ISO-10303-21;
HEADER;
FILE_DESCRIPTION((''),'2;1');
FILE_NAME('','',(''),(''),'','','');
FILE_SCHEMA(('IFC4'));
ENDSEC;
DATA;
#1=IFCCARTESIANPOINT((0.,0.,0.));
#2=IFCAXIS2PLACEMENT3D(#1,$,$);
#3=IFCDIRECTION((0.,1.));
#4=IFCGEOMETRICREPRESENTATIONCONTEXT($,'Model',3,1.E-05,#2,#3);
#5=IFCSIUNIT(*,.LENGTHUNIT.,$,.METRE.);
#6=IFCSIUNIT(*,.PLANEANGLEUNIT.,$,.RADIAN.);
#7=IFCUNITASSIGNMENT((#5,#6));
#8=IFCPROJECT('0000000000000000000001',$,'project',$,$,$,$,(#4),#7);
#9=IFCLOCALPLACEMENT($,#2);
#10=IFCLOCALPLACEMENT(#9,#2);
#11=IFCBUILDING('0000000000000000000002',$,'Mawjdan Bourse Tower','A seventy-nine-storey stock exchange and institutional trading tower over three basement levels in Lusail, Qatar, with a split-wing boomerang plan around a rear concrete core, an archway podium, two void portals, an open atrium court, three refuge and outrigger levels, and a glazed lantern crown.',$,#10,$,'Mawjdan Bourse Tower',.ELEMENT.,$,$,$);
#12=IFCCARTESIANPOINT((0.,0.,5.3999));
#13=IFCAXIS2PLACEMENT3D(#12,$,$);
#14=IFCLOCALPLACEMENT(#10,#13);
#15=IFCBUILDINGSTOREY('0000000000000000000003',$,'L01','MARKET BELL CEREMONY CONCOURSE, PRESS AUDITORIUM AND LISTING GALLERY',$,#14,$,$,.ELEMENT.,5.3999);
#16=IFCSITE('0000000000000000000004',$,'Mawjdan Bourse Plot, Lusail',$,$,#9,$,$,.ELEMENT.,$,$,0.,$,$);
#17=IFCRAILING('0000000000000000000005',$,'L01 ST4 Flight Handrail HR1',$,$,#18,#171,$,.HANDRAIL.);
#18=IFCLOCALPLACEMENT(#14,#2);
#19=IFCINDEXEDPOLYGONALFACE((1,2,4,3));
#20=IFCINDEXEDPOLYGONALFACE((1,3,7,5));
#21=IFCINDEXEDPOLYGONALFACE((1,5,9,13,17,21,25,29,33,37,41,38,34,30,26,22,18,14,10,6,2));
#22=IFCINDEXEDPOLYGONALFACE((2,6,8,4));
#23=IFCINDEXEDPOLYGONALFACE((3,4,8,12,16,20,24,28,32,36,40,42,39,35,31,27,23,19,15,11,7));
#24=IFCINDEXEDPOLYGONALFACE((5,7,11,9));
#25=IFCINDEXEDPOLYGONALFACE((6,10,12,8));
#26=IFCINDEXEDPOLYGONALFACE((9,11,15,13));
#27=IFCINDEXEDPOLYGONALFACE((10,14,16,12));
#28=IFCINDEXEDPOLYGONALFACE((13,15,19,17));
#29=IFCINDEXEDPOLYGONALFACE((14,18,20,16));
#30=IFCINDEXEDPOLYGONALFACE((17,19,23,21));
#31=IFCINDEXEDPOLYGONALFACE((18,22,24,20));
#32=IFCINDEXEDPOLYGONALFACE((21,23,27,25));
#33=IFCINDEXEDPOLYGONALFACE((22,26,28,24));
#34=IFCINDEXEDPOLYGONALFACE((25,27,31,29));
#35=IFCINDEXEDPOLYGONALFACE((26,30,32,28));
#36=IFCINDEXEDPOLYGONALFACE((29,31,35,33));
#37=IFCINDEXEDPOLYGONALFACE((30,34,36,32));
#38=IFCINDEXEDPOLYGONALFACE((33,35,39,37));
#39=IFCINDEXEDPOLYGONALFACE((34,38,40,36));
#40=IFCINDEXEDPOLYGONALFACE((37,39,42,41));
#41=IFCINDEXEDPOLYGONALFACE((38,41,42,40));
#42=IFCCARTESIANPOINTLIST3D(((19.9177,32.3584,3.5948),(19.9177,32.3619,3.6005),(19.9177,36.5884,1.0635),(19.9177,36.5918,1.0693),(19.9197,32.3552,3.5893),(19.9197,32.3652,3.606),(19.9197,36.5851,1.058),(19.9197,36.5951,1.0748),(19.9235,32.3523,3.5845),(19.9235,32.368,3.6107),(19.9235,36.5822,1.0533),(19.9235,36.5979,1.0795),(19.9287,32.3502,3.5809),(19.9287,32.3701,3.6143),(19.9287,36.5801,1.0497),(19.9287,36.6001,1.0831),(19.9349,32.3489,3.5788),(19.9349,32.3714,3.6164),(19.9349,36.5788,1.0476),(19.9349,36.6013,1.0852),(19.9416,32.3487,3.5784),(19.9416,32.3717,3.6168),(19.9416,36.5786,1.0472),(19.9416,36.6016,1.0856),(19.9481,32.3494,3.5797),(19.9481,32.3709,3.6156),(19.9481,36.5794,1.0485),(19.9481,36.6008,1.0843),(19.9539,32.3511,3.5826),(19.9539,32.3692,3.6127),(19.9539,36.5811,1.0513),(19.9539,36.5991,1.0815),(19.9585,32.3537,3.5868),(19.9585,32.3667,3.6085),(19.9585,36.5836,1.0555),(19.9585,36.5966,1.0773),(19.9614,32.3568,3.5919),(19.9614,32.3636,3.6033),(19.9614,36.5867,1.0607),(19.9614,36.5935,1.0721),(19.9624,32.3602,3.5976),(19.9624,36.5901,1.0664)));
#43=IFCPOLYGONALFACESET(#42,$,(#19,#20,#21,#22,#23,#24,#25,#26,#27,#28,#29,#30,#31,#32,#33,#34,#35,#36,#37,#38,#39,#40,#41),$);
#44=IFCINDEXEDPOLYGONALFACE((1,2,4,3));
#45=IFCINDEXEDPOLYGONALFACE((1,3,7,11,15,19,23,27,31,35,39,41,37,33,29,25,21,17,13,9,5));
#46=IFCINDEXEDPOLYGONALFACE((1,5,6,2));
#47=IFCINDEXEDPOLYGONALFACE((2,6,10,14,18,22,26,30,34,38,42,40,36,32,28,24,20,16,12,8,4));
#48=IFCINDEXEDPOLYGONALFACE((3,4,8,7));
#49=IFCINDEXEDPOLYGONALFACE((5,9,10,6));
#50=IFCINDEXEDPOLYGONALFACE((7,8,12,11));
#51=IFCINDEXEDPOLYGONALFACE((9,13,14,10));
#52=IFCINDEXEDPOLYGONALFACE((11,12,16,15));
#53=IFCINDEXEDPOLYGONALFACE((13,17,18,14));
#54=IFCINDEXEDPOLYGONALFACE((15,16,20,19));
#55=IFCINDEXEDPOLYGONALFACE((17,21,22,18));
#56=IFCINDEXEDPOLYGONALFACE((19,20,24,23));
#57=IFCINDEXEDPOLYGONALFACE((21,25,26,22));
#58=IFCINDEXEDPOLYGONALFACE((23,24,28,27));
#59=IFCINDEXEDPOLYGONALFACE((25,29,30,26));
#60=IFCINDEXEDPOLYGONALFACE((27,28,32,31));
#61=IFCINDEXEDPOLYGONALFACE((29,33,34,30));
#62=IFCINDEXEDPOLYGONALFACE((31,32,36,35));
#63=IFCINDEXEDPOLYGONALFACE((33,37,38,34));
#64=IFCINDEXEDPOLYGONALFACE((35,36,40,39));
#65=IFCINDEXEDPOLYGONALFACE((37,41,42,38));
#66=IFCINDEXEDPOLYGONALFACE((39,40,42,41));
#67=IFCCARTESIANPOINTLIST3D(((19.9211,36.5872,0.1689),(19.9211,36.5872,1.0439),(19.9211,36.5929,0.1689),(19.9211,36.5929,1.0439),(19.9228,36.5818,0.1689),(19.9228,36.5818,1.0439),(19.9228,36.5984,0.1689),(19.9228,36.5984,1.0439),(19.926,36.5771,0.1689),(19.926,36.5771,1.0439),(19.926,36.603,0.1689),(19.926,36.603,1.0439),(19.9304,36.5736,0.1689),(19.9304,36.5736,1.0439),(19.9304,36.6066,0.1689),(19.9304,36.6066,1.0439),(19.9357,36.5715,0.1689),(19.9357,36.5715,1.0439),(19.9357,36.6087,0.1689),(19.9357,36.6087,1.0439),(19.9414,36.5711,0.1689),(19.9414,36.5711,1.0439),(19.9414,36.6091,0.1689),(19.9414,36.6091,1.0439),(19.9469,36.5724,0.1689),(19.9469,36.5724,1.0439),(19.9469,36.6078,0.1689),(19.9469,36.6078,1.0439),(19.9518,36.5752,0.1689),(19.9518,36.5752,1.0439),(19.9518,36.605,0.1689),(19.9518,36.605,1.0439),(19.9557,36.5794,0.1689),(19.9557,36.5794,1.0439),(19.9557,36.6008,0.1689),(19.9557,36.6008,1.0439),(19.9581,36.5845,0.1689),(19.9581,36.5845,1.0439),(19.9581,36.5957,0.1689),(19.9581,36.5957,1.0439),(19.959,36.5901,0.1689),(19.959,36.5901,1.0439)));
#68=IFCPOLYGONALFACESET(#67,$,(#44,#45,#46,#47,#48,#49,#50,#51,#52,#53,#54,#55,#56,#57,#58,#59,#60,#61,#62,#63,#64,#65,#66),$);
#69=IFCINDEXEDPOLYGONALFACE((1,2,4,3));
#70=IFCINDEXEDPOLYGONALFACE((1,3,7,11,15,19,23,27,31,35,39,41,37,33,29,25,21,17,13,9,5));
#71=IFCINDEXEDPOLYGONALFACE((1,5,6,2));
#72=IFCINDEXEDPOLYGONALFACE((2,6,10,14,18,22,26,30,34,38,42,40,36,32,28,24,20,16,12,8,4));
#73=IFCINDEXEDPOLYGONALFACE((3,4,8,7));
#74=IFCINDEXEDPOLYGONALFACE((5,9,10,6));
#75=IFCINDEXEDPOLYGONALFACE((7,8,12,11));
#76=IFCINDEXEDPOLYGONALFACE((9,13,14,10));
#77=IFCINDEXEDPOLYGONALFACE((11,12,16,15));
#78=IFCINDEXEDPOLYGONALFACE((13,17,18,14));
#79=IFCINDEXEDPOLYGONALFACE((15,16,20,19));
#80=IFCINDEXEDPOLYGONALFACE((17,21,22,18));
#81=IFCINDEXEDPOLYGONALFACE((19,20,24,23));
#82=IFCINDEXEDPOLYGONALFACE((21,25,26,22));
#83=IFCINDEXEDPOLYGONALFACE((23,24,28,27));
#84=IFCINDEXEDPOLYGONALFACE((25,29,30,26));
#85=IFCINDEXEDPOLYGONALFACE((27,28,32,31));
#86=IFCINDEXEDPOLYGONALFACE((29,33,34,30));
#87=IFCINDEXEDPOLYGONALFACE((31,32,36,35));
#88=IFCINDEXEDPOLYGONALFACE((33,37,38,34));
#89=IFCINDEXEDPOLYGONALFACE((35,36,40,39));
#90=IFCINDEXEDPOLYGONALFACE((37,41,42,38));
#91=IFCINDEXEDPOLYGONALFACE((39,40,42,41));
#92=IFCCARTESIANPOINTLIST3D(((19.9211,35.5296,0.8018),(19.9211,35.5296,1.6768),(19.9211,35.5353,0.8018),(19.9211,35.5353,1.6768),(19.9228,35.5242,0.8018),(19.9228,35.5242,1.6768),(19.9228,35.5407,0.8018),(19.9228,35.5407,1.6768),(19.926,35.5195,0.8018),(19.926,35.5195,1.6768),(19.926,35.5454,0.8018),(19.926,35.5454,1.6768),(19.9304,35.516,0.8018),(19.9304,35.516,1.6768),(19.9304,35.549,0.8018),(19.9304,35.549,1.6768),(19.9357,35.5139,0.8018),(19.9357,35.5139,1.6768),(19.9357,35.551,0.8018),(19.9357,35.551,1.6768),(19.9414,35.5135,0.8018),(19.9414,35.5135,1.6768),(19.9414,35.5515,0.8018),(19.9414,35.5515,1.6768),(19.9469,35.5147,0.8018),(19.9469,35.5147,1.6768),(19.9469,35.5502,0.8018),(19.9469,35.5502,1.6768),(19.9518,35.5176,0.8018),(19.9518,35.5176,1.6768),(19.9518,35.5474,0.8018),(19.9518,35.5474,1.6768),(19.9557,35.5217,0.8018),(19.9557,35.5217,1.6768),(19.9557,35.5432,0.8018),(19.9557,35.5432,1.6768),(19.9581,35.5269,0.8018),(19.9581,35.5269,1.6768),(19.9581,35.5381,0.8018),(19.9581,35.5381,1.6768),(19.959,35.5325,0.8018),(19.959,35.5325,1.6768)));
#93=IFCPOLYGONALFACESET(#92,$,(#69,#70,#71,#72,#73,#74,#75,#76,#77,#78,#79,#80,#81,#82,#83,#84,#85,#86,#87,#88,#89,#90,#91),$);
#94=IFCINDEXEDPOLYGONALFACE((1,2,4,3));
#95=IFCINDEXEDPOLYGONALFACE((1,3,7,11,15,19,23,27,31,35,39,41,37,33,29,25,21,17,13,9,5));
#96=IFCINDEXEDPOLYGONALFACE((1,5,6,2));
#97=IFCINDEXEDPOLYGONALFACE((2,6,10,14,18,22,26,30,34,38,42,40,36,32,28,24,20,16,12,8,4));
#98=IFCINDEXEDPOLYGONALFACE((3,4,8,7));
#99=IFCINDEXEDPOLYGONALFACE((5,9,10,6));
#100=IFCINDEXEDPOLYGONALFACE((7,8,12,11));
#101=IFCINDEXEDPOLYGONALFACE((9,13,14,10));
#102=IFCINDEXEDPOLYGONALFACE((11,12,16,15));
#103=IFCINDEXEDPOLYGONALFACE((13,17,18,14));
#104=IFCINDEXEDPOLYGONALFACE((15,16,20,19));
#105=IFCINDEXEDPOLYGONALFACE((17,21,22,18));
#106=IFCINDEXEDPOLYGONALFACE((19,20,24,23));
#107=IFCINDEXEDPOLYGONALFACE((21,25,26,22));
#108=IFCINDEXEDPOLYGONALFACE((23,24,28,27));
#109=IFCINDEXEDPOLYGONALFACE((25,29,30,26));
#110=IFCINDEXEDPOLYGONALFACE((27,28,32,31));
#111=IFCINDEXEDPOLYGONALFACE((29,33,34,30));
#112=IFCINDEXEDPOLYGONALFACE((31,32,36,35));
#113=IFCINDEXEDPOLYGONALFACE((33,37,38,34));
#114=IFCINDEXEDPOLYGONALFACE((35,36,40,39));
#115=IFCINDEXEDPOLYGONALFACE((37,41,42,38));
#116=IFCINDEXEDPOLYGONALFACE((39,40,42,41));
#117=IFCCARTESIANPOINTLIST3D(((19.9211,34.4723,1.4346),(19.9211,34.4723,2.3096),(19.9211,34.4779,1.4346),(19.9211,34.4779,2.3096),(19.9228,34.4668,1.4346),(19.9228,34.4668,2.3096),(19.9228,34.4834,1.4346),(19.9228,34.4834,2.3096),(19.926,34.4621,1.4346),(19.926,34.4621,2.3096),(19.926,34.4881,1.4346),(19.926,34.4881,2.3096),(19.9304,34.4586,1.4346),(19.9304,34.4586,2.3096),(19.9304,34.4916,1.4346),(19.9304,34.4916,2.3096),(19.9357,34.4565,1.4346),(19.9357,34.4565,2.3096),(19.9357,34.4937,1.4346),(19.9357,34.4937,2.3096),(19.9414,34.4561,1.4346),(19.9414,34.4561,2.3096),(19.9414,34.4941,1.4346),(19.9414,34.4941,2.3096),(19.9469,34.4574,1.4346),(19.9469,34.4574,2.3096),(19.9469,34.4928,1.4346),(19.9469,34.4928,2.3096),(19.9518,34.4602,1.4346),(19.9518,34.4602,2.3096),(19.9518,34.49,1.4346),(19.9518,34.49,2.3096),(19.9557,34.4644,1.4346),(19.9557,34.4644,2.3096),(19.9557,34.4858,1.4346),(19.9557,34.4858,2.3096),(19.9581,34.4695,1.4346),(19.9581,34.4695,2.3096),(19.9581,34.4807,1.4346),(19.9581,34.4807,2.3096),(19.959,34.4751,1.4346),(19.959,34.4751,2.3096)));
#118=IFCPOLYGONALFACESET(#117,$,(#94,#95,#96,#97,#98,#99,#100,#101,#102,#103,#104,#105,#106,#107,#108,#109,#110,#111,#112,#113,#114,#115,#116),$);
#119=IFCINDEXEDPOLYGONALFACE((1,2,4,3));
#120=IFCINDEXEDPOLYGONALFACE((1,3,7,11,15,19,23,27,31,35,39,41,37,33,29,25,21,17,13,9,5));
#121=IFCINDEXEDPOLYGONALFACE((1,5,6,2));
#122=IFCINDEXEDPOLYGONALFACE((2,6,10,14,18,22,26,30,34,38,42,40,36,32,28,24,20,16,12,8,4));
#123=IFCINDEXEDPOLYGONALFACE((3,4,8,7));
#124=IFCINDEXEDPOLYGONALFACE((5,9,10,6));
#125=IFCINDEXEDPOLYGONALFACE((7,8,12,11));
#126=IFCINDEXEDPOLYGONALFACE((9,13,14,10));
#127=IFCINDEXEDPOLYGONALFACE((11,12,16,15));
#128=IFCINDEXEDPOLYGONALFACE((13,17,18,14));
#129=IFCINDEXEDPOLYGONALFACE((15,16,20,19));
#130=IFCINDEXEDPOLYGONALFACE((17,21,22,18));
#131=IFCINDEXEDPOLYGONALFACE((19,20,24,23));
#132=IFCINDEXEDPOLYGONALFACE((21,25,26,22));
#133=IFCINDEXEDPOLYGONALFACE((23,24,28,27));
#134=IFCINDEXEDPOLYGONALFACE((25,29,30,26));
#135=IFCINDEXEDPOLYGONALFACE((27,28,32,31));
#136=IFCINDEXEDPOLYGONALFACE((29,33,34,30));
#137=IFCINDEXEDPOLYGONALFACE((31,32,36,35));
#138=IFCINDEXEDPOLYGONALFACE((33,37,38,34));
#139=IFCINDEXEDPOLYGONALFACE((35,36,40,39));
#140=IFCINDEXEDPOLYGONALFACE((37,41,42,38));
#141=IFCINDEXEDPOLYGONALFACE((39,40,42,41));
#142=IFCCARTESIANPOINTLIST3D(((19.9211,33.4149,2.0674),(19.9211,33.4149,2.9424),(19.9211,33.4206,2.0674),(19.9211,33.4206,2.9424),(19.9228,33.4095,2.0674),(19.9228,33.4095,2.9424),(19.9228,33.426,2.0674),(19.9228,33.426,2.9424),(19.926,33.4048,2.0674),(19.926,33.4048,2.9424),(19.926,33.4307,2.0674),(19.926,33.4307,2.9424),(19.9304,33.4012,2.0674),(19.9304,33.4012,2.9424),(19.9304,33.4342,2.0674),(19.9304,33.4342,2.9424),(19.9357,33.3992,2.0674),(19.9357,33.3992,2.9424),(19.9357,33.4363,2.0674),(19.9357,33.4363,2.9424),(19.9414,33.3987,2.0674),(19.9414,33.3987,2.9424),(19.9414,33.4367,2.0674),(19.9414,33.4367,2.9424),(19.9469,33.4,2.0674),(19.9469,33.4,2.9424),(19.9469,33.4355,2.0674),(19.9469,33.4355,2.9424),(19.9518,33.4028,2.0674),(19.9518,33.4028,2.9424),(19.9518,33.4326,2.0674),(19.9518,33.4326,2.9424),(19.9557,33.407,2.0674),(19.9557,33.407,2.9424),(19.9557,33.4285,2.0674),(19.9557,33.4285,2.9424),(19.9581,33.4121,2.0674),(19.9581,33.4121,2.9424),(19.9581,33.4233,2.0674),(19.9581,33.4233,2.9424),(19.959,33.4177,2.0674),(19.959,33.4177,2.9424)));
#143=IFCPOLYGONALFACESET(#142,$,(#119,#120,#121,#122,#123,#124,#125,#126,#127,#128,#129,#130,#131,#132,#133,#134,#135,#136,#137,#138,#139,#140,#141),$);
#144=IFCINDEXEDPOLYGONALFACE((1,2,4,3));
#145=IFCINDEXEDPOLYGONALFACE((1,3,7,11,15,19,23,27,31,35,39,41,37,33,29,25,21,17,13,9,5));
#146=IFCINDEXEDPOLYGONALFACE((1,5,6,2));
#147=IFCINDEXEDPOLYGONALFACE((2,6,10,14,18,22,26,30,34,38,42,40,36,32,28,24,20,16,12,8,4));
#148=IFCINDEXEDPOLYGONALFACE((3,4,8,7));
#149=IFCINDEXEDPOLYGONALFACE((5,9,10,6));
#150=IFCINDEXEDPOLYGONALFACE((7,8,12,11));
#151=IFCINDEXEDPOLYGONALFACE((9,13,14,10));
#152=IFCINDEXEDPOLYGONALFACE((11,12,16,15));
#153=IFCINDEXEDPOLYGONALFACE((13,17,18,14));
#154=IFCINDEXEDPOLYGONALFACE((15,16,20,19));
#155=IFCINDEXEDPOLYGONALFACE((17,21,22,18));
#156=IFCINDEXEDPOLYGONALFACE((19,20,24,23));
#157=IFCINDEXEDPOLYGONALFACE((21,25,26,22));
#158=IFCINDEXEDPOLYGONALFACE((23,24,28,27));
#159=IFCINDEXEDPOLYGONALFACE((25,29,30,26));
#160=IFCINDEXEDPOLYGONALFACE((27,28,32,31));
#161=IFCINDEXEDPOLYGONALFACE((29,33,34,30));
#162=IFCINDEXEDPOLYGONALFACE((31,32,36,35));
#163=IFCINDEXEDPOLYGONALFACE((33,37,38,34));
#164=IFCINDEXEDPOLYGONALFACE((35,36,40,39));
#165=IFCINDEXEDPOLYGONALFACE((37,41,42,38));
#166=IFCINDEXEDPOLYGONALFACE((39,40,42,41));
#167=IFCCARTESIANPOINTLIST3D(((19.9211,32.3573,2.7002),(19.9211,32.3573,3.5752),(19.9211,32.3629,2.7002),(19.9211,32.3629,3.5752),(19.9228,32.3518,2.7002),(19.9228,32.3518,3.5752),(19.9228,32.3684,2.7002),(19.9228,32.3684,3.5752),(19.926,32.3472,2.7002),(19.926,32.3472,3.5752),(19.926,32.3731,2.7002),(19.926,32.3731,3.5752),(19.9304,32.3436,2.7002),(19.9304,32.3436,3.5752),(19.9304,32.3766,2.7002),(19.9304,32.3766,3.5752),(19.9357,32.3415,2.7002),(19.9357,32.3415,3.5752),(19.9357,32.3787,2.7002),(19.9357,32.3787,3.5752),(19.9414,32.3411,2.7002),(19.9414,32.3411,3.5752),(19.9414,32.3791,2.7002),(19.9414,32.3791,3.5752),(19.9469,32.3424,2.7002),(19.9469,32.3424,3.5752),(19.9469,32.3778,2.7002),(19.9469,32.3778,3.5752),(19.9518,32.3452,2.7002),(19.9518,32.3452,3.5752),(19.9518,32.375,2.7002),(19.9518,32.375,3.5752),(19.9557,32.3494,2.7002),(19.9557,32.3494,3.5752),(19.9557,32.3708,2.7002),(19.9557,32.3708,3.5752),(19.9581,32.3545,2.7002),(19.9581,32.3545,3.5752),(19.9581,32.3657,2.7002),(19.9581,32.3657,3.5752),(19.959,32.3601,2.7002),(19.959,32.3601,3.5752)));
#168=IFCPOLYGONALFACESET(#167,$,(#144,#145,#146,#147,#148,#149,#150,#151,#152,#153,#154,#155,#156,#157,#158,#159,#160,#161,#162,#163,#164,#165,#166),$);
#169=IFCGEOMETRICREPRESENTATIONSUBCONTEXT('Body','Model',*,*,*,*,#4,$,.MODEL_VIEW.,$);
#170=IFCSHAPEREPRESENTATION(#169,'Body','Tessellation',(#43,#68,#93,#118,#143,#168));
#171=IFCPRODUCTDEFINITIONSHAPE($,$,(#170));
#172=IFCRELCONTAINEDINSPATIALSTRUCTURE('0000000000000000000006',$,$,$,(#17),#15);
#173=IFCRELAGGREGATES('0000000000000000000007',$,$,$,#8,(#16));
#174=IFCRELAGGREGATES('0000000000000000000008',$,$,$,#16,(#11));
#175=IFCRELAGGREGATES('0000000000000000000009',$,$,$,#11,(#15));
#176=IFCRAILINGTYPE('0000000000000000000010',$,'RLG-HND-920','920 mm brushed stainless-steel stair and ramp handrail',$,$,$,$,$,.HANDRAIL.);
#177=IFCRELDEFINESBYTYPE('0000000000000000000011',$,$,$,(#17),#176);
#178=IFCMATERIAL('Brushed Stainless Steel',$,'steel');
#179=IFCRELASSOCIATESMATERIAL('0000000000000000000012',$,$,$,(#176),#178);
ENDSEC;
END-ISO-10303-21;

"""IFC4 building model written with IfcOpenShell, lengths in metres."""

from ifc_helpers import new_model, si_unit, direction, frame, origin, origin_2d, place, context, subcontext, project, spatial, circle, extrude, material, type_object, element, save


model = new_model("IFC4")

# Units and contexts
model_context = context("Model", 3, precision=1e-05, world=origin(), true_north=direction((0.0, 1.0)))
body_context = subcontext(model_context, "Body", "Model", "MODEL_VIEW")
ifc_project = project(units=[si_unit("LENGTHUNIT", "METRE"), si_unit("PLANEANGLEUNIT", "RADIAN")], contexts=[model_context])

# Site, building, storey
site_placement = place(None, origin())
site = spatial("IfcSite", under=ifc_project, at=site_placement, Name="Mawjdan Bourse Plot, Lusail", CompositionType="ELEMENT", RefElevation=0.0)
building_placement = place(site_placement, origin())
building = spatial("IfcBuilding", under=site, at=building_placement, Name="Mawjdan Bourse Tower", Description="A seventy-nine-storey stock exchange and institutional trading tower over three basement levels in Lusail, Qatar, with a split-wing boomerang plan around a rear concrete core, an archway podium, two void portals, an open atrium court, three refuge and outrigger levels, and a glazed lantern crown.", LongName="Mawjdan Bourse Tower", CompositionType="ELEMENT")
storey_placement = place(building_placement, frame((0.0, 0.0, 5.3999)))
storey = spatial("IfcBuildingStorey", under=building, at=storey_placement, Name="L01", Description="MARKET BELL CEREMONY CONCOURSE, PRESS AUDITORIUM AND LISTING GALLERY", CompositionType="ELEMENT", Elevation=5.3999)

# Railing
ifc_material_1 = material(Name="Brushed Stainless Steel", Category="steel")
railing_type_1 = type_object("IfcRailingType", Name="RLG-HND-920", Description="920 mm brushed stainless-steel stair and ramp handrail", PredefinedType="HANDRAIL", material=ifc_material_1)
railing_1_placement = place(storey_placement, frame((19.9399, 36.5901, 0.1689)))
element("IfcRailing", 1, at=railing_1_placement, inside=storey, type_object=railing_type_1, Name="L01 ST4 Flight Handrail HR1", PredefinedType="HANDRAIL", context=body_context, shape_type="SweptSolid", body=[
    extrude(circle(Radius=0.0225, at=origin_2d()), frame((0.0, 0.0, 0.8975), z_axis=(0.0, -0.858095, 0.51349), x_axis=(1.0, 0.0, 0.0)), (0.0, 0.0, 1.0), 4.9294),
    extrude(circle(Radius=0.019, at=origin_2d()), origin(), (0.0, 0.0, 1.0), 0.875),
    extrude(circle(Radius=0.019, at=origin_2d()), frame((0.0, -1.0576, 0.6328)), (0.0, 0.0, 1.0), 0.875),
    extrude(circle(Radius=0.019, at=origin_2d()), frame((0.0, -2.115, 1.2656)), (0.0, 0.0, 1.0), 0.875),
    extrude(circle(Radius=0.019, at=origin_2d()), frame((0.0, -3.1724, 1.8984)), (0.0, 0.0, 1.0), 0.875),
    extrude(circle(Radius=0.019, at=origin_2d()), frame((0.0, -4.23, 2.5312)), (0.0, 0.0, 1.0), 0.875),
])

save(model, "model.ifc")
